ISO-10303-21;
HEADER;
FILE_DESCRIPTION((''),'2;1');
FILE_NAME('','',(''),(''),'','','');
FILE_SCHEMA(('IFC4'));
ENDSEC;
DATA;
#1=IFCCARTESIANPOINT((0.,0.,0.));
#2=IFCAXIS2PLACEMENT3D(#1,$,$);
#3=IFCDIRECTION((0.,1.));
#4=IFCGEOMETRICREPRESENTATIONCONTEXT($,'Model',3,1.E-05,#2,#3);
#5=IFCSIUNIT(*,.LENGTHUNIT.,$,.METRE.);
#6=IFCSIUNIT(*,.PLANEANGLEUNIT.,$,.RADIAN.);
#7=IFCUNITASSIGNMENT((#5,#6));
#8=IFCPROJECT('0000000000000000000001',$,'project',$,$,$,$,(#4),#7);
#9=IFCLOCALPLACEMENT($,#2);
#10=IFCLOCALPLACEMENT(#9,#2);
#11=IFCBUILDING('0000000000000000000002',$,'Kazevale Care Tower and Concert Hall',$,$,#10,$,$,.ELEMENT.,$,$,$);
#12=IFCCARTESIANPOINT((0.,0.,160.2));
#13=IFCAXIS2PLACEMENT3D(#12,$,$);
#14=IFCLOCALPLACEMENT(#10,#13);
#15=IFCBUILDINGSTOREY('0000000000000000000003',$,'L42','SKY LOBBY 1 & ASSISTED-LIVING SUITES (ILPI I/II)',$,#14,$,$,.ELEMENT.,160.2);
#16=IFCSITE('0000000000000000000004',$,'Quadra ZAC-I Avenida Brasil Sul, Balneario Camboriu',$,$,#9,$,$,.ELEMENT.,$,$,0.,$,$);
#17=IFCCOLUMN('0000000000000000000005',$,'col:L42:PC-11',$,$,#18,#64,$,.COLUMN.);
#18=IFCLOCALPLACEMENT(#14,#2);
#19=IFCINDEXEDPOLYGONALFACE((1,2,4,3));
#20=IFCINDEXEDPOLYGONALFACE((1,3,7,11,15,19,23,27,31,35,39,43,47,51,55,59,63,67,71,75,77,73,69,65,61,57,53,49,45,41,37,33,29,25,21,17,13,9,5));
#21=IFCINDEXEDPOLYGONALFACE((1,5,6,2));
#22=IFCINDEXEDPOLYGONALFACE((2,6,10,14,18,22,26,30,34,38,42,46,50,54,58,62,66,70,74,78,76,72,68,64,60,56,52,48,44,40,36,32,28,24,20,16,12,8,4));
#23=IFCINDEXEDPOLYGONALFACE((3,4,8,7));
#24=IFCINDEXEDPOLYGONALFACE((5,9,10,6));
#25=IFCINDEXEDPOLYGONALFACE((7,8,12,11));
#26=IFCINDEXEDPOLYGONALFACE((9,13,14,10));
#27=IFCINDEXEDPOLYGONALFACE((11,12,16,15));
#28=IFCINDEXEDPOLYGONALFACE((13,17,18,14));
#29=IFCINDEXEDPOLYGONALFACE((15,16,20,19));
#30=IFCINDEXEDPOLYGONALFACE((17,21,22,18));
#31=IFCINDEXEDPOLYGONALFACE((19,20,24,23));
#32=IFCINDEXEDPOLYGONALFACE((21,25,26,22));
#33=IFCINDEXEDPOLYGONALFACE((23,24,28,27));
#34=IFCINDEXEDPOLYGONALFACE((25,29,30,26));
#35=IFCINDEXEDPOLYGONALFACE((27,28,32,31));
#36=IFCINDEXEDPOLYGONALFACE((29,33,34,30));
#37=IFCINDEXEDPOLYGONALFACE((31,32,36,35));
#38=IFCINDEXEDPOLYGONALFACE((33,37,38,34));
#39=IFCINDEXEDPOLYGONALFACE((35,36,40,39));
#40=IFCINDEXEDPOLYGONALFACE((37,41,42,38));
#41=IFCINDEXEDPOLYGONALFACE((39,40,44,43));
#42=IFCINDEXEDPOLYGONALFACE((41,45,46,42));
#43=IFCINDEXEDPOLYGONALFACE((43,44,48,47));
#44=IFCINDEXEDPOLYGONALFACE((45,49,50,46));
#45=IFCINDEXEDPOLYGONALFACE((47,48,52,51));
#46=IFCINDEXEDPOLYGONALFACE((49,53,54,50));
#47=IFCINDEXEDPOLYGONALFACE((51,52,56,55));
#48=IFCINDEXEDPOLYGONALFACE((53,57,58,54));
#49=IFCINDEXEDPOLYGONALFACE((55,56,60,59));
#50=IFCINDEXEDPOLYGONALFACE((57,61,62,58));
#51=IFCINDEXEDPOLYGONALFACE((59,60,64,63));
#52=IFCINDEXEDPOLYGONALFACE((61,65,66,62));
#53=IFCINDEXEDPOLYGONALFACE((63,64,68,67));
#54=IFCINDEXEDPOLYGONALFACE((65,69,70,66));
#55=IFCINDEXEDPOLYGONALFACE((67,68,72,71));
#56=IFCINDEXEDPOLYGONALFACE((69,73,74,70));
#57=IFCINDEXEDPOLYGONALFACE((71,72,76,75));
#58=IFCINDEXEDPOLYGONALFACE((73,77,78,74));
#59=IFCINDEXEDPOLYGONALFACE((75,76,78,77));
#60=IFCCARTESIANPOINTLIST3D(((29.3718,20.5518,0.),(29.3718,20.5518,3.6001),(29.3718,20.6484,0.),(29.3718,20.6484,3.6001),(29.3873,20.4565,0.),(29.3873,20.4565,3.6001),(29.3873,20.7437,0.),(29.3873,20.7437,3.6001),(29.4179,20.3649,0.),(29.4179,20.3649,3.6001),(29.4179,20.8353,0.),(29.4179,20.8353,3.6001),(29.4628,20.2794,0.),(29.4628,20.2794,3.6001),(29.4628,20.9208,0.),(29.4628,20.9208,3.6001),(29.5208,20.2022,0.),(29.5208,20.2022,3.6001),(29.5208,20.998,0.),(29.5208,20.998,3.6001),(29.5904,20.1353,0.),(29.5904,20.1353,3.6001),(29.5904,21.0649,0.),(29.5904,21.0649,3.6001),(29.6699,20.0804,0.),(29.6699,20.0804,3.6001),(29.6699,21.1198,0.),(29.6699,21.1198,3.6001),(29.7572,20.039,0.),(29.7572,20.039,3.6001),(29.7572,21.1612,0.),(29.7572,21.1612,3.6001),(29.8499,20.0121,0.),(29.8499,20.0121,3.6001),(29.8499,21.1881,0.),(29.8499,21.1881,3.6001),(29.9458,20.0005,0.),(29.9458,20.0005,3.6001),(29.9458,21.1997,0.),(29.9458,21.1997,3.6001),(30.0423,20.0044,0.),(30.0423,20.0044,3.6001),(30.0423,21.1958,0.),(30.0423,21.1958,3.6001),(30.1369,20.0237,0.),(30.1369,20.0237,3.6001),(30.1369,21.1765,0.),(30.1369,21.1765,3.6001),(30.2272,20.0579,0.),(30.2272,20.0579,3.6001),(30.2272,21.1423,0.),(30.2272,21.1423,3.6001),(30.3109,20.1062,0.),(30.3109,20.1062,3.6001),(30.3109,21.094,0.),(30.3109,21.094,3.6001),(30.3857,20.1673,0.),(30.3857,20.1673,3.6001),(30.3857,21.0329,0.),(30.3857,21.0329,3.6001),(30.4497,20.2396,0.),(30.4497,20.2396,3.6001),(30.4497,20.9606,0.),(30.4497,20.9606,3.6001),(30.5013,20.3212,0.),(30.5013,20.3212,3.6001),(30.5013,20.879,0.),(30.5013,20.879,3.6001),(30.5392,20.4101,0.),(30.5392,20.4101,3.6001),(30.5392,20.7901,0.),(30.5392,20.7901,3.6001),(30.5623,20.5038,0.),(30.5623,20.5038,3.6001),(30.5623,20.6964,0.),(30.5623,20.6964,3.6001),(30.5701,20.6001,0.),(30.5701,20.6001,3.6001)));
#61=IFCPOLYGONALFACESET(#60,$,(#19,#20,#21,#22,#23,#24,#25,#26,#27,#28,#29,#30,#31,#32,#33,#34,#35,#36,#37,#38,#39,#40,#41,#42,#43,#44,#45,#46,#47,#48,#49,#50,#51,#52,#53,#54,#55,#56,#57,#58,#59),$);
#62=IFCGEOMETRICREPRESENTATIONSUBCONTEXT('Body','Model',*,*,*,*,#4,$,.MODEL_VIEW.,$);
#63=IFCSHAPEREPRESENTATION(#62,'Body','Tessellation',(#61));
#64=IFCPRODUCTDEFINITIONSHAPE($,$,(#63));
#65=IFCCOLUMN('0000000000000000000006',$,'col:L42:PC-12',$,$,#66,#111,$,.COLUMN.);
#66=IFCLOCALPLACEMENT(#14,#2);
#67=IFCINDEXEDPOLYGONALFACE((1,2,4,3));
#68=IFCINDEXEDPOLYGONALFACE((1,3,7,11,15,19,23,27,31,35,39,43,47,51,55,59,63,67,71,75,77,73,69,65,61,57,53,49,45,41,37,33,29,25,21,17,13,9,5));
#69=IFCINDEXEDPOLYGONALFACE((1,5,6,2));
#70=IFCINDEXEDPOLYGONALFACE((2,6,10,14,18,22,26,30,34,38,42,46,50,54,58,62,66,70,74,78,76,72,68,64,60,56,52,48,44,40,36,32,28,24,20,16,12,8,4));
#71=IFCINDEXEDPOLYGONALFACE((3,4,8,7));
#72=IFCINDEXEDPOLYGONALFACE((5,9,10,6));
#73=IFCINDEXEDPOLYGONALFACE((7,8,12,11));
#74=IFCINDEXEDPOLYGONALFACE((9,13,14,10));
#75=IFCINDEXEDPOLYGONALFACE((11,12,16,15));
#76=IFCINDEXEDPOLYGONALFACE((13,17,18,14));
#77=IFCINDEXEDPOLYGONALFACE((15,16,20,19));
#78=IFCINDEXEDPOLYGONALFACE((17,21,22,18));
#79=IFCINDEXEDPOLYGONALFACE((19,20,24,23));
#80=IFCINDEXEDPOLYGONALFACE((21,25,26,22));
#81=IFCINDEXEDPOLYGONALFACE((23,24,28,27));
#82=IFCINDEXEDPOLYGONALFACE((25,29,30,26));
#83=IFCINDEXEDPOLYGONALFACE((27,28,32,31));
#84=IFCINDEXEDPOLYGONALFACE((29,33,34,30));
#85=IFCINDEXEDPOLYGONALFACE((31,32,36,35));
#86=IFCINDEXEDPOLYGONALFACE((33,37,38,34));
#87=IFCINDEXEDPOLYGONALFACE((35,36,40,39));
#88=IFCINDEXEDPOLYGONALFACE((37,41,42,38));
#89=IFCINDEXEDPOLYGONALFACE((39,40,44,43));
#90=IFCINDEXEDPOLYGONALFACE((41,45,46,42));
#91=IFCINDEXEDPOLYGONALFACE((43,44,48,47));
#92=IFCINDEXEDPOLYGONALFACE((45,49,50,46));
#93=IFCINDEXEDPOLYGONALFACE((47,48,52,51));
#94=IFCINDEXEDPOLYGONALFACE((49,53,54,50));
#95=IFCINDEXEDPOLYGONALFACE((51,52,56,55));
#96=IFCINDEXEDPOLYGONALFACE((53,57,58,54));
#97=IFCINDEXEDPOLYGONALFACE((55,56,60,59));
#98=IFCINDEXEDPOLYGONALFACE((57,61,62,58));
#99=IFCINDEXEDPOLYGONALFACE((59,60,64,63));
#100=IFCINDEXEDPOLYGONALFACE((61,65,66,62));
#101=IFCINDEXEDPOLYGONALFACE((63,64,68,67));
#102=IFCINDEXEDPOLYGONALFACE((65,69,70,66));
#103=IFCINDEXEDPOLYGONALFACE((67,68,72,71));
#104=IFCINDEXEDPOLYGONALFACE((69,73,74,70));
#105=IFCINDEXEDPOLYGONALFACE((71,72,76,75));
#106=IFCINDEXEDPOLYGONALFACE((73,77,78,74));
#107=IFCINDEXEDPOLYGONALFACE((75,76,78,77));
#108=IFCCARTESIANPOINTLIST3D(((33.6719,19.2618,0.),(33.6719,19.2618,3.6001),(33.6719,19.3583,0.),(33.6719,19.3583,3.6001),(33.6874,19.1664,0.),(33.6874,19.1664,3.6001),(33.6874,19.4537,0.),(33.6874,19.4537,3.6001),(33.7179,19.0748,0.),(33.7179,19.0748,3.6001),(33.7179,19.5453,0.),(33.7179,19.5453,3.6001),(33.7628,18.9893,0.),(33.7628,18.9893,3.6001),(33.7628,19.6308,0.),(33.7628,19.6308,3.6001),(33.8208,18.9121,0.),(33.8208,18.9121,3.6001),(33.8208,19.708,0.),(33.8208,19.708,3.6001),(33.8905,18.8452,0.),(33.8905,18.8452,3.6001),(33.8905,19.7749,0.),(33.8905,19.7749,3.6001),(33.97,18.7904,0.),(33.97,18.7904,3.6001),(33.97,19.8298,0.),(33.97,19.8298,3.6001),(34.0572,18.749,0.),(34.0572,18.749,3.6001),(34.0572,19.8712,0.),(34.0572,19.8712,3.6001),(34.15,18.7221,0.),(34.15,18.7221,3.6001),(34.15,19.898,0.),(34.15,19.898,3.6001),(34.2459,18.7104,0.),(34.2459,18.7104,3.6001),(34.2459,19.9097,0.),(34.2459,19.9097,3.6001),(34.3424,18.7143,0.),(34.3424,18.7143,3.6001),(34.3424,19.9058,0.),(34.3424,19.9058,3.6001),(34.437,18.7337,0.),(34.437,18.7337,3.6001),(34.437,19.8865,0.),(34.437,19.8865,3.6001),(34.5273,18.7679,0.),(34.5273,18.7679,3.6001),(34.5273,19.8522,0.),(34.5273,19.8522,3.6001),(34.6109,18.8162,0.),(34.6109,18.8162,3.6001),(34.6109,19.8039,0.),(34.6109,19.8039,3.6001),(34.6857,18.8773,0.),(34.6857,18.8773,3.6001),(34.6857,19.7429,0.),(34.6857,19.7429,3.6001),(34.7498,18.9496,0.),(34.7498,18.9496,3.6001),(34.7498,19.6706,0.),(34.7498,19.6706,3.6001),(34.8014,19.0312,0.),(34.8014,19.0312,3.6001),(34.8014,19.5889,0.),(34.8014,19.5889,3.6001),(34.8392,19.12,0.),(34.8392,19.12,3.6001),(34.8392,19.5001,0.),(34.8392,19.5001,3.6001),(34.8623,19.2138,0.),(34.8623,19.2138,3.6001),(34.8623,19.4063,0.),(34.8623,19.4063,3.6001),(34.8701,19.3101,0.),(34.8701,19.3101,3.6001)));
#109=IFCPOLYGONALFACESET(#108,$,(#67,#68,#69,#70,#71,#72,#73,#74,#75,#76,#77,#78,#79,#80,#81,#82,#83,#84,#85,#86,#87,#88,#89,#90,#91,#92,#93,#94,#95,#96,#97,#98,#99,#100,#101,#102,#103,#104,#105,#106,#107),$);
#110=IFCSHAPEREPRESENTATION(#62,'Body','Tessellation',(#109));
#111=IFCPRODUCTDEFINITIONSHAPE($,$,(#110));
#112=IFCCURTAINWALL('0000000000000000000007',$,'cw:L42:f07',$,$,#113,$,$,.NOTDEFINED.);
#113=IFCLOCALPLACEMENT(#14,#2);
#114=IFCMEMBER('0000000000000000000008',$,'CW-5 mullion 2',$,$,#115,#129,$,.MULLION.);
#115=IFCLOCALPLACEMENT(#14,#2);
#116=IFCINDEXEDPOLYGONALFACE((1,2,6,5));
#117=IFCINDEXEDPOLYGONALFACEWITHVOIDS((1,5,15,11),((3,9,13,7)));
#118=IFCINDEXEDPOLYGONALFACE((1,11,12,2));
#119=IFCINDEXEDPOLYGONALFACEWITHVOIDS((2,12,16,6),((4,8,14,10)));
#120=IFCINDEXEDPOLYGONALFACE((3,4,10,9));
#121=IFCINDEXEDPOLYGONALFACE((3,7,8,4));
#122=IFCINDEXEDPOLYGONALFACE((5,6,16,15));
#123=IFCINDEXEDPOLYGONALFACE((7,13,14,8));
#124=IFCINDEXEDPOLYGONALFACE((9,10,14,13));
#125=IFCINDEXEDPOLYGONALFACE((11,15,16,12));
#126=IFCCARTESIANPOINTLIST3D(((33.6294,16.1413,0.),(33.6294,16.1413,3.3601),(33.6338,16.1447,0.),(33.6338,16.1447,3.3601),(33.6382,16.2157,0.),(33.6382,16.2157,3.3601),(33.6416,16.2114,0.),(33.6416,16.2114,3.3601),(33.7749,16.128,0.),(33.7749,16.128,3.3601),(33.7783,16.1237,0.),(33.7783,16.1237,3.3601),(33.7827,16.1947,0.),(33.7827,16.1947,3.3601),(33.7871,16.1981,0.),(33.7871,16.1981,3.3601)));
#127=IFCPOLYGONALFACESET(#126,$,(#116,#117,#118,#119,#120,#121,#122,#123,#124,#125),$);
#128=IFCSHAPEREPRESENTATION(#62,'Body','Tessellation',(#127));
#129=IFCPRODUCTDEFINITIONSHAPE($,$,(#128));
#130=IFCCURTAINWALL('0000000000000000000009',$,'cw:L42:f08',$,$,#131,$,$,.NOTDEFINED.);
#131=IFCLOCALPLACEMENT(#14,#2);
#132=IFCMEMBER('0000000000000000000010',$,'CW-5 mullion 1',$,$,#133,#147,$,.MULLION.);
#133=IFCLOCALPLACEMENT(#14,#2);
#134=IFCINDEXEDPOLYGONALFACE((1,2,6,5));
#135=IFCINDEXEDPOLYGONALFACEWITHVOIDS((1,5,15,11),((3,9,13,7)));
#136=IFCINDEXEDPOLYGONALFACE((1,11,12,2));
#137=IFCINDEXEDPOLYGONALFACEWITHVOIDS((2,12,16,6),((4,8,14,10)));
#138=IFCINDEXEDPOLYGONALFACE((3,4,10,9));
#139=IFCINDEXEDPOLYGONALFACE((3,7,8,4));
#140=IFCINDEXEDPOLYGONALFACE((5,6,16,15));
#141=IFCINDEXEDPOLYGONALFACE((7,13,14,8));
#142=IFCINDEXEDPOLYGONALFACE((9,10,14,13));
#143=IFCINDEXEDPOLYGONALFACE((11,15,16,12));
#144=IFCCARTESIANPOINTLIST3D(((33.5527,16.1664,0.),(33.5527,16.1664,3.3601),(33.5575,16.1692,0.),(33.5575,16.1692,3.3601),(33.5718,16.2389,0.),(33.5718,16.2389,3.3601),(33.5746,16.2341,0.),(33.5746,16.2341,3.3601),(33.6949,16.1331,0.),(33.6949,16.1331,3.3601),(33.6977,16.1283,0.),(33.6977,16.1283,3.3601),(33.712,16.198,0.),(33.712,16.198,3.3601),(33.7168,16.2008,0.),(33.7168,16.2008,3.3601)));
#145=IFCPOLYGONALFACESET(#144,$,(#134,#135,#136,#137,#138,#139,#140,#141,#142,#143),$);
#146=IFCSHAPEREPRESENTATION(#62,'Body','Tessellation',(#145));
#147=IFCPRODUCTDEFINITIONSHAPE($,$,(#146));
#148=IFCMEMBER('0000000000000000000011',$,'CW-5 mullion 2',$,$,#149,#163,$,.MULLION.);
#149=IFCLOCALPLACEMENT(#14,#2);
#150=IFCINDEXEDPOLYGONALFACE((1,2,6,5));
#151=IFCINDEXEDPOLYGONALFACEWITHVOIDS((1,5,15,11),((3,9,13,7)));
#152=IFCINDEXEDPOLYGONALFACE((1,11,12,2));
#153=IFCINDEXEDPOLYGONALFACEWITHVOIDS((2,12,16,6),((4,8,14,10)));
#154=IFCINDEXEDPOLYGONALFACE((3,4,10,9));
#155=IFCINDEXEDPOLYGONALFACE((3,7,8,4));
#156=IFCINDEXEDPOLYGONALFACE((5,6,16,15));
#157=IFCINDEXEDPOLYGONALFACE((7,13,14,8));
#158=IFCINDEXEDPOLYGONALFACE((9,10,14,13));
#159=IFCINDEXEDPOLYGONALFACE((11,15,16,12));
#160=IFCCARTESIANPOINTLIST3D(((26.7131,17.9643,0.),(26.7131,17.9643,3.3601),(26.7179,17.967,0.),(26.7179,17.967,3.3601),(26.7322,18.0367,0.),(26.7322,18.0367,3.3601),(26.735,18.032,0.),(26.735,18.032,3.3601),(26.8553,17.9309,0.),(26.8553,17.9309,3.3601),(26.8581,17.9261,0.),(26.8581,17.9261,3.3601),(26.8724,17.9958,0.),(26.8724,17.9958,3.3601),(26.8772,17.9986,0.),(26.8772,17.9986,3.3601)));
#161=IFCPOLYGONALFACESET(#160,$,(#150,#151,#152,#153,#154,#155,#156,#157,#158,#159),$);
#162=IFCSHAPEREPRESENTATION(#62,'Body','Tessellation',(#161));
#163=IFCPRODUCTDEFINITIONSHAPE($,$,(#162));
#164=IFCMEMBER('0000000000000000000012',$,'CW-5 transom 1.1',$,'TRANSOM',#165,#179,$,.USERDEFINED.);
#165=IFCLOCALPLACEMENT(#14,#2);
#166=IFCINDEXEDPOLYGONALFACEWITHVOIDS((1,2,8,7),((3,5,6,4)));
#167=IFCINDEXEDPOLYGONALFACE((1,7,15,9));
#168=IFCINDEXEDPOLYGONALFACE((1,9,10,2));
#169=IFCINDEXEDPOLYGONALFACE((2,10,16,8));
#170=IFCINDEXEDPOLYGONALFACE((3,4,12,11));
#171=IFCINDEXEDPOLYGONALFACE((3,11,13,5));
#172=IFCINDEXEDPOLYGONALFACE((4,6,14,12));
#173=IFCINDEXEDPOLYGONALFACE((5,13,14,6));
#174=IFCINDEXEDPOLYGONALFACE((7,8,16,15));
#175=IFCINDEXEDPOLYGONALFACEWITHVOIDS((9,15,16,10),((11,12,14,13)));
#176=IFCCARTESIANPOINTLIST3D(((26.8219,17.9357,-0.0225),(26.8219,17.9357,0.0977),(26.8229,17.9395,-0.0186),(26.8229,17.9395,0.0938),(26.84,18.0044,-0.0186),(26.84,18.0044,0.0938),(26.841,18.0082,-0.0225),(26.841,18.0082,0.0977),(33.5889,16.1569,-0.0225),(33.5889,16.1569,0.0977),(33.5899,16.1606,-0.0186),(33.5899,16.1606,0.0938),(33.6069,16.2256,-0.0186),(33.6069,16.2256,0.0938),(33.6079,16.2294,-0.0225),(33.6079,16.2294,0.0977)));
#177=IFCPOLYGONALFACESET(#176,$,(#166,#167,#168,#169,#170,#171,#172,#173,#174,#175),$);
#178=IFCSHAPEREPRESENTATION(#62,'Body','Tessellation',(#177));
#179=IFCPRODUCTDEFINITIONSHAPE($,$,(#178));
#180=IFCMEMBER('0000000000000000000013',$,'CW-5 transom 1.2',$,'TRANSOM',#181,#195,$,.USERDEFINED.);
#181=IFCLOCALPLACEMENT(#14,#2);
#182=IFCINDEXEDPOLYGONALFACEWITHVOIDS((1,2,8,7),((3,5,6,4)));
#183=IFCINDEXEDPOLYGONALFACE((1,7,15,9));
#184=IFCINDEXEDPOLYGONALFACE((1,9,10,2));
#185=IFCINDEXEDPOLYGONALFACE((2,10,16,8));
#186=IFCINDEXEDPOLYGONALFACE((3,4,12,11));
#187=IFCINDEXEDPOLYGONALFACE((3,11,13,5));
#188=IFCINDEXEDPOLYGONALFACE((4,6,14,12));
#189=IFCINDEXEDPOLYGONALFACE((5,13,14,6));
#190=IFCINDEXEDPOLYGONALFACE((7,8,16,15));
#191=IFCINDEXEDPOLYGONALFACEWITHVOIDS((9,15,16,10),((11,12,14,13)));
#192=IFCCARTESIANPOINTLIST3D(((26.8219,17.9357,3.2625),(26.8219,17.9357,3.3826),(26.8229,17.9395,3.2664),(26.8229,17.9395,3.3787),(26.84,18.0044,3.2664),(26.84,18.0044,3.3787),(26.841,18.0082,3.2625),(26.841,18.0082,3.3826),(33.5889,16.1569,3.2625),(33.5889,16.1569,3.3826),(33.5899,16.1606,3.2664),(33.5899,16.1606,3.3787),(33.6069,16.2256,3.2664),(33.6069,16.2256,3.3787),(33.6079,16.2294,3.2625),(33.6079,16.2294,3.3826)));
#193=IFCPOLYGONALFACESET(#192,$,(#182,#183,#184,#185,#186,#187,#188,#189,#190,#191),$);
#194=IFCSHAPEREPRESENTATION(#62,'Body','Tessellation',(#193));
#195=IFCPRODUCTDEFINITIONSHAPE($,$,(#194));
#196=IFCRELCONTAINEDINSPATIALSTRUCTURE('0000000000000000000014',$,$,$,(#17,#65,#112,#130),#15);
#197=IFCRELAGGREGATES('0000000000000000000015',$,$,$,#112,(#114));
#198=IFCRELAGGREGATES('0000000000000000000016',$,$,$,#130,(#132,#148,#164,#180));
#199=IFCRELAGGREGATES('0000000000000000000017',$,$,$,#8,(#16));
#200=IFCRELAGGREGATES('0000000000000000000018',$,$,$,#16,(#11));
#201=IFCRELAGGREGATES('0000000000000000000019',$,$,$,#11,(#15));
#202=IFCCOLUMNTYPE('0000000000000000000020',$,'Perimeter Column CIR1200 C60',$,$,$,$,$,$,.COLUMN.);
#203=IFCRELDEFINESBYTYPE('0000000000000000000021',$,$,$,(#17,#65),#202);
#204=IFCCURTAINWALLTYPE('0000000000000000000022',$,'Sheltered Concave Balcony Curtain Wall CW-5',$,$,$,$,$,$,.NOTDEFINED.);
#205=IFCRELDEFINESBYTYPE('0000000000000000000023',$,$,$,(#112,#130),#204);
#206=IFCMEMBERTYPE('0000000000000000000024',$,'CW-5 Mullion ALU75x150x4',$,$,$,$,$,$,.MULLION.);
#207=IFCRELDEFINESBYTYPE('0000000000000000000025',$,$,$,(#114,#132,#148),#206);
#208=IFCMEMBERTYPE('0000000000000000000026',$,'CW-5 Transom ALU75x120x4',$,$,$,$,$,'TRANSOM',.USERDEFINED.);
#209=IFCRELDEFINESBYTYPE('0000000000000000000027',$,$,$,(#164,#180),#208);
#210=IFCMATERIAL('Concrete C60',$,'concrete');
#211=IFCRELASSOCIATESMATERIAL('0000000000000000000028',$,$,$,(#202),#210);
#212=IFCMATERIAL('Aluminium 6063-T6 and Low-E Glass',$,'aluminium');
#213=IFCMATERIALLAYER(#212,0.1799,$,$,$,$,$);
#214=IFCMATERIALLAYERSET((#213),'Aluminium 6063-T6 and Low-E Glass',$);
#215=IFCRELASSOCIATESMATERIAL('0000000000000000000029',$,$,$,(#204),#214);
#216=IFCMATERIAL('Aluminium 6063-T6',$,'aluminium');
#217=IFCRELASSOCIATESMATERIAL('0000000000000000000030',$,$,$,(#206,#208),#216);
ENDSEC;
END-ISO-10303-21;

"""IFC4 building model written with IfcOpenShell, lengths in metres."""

from ifc_helpers import new_model, si_unit, direction, frame, origin, origin_2d, place, context, subcontext, project, spatial, hollow_rectangle, circle, extrude, material, layer, layer_set, material_profile, profile_set, type_object, element, aggregate, save


model = new_model("IFC4")

# Units and contexts
model_context = context("Model", 3, precision=1e-05, world=origin(), true_north=direction((0.0, 1.0)))
body_context = subcontext(model_context, "Body", "Model", "MODEL_VIEW")
ifc_project = project(units=[si_unit("LENGTHUNIT", "METRE"), si_unit("PLANEANGLEUNIT", "RADIAN")], contexts=[model_context])

# Site, building, storey
site_placement = place(None, origin())
site = spatial("IfcSite", under=ifc_project, at=site_placement, Name="Quadra ZAC-I Avenida Brasil Sul, Balneario Camboriu", CompositionType="ELEMENT", RefElevation=0.0)
building_placement = place(site_placement, origin())
building = spatial("IfcBuilding", under=site, at=building_placement, Name="Kazevale Care Tower and Concert Hall", CompositionType="ELEMENT")
storey_placement = place(building_placement, frame((0.0, 0.0, 160.2)))
storey = spatial("IfcBuildingStorey", under=building, at=storey_placement, Name="L42", Description="SKY LOBBY 1 & ASSISTED-LIVING SUITES (ILPI I/II)", CompositionType="ELEMENT", Elevation=160.2)

# Columns
ifc_material_1 = material(Name="Concrete C60", Category="concrete")
ifc_material_profile_1 = material_profile(ifc_material_1, circle(Radius=0.6001, at=origin_2d()), Name="RC-CIR1200")
ifc_profile_set_1 = profile_set([ifc_material_profile_1], Name="Concrete C60")
column_type = type_object("IfcColumnType", Name="Perimeter Column CIR1200 C60", PredefinedType="COLUMN", material=ifc_profile_set_1)
for number, where, z_axis, x_axis, name in (
    (1, (29.97, 20.6001, 0.0), (0.0, 0.0, 1.0), (1.0, 0.0, 0.0), "col:L42:PC-11"),
    (2, (34.27, 19.3101, 0.0), (0.0, 0.0, 1.0), (1.0, 0.0, 0.0), "col:L42:PC-12"),
):
    element("IfcColumn", number, at=place(storey_placement, frame(where, z_axis=z_axis, x_axis=x_axis)), inside=storey, type_object=column_type, Name=name, PredefinedType="COLUMN", context=body_context, shape_type="SweptSolid", body=[
        extrude(circle(Radius=0.6001, at=origin_2d()), origin(), (0.0, 0.0, 1.0), 3.6001),
    ])

# Curtain wall, member
ifc_material_2 = material(Name="Aluminium 6063-T6 and Low-E Glass", Category="aluminium")
ifc_layer_1 = layer(ifc_material_2, 0.1799)
ifc_layer_set_1 = layer_set([ifc_layer_1], Name="Aluminium 6063-T6 and Low-E Glass")
curtain_wall_type = type_object("IfcCurtainWallType", Name="Sheltered Concave Balcony Curtain Wall CW-5", PredefinedType="NOTDEFINED", material=ifc_layer_set_1)
curtain_wall_1_placement = place(storey_placement, origin())
curtain_wall_1 = element("IfcCurtainWall", 3, at=curtain_wall_1_placement, inside=storey, type_object=curtain_wall_type, Name="cw:L42:f07", PredefinedType="NOTDEFINED")
ifc_material_3 = material(Name="Aluminium 6063-T6", Category="aluminium")
ifc_material_profile_2 = material_profile(ifc_material_3, hollow_rectangle(XDim=0.075, YDim=0.1499, WallThickness=0.0039, at=origin_2d()), Name="ALU75x150x4")
ifc_profile_set_2 = profile_set([ifc_material_profile_2], Name="Aluminium 6063-T6")
member_type_1 = type_object("IfcMemberType", Name="CW-5 Mullion ALU75x150x4", PredefinedType="MULLION", material=ifc_profile_set_2)
member_1_placement = place(storey_placement, frame((33.7083, 16.1697, 0.0), z_axis=(0.0, 0.0, 1.0), x_axis=(-0.117372, -0.993088, 0.0)))
member_1 = element("IfcMember", 4, at=member_1_placement, type_object=member_type_1, Name="CW-5 mullion 2", PredefinedType="MULLION", context=body_context, shape_type="SweptSolid", body=[
    extrude(hollow_rectangle(XDim=0.075, YDim=0.1499, WallThickness=0.0039, at=origin_2d()), origin(), (0.0, 0.0, 1.0), 3.3601),
])

# Curtain wall, members
curtain_wall_2_placement = place(storey_placement, origin())
curtain_wall_2 = element("IfcCurtainWall", 5, at=curtain_wall_2_placement, inside=storey, type_object=curtain_wall_type, Name="cw:L42:f08", PredefinedType="NOTDEFINED")
member_2_placement = place(storey_placement, frame((33.6348, 16.1836, 0.0), z_axis=(0.0, 0.0, 1.0), x_axis=(-0.254238, -0.967142, 0.0)))
member_2 = element("IfcMember", 6, at=member_2_placement, type_object=member_type_1, Name="CW-5 mullion 1", PredefinedType="MULLION", context=body_context, shape_type="SweptSolid", body=[
    extrude(hollow_rectangle(XDim=0.075, YDim=0.1499, WallThickness=0.0039, at=origin_2d()), origin(), (0.0, 0.0, 1.0), 3.3601),
])
member_3_placement = place(storey_placement, frame((26.7952, 17.9814, 0.0), z_axis=(0.0, 0.0, 1.0), x_axis=(-0.254238, -0.967142, 0.0)))
member_3 = element("IfcMember", 7, at=member_3_placement, type_object=member_type_1, Name="CW-5 mullion 2", PredefinedType="MULLION", context=body_context, shape_type="SweptSolid", body=[
    extrude(hollow_rectangle(XDim=0.075, YDim=0.1499, WallThickness=0.0039, at=origin_2d()), origin(), (0.0, 0.0, 1.0), 3.3601),
])
ifc_material_profile_3 = material_profile(ifc_material_3, hollow_rectangle(XDim=0.075, YDim=0.1201, WallThickness=0.0039, at=origin_2d()), Name="ALU75x120x4")
ifc_profile_set_3 = profile_set([ifc_material_profile_3], Name="Aluminium 6063-T6")
member_type_2 = type_object("IfcMemberType", Name="CW-5 Transom ALU75x120x4", ElementType="TRANSOM", PredefinedType="USERDEFINED", material=ifc_profile_set_3)
member_4_placement = place(storey_placement, frame((33.5984, 16.1931, 0.0376), z_axis=(-0.967143, 0.254234, 0.0), x_axis=(-0.254234, -0.967143, 0.0)))
member_4 = element("IfcMember", 8, at=member_4_placement, type_object=member_type_2, Name="CW-5 transom 1.1", ObjectType="TRANSOM", PredefinedType="USERDEFINED", context=body_context, shape_type="SweptSolid", body=[
    extrude(hollow_rectangle(XDim=0.075, YDim=0.1201, WallThickness=0.0039, at=origin_2d()), origin(), (0.0, 0.0, 1.0), 6.9968),
])
member_5_placement = place(storey_placement, frame((33.5984, 16.1931, 3.3225), z_axis=(-0.967143, 0.254234, 0.0), x_axis=(-0.254234, -0.967143, 0.0)))
member_5 = element("IfcMember", 9, at=member_5_placement, type_object=member_type_2, Name="CW-5 transom 1.2", ObjectType="TRANSOM", PredefinedType="USERDEFINED", context=body_context, shape_type="SweptSolid", body=[
    extrude(hollow_rectangle(XDim=0.075, YDim=0.1201, WallThickness=0.0039, at=origin_2d()), origin(), (0.0, 0.0, 1.0), 6.9968),
])

aggregate(curtain_wall_1, [member_1])
aggregate(curtain_wall_2, [member_2, member_3, member_4, member_5])

save(model, "model.ifc")
